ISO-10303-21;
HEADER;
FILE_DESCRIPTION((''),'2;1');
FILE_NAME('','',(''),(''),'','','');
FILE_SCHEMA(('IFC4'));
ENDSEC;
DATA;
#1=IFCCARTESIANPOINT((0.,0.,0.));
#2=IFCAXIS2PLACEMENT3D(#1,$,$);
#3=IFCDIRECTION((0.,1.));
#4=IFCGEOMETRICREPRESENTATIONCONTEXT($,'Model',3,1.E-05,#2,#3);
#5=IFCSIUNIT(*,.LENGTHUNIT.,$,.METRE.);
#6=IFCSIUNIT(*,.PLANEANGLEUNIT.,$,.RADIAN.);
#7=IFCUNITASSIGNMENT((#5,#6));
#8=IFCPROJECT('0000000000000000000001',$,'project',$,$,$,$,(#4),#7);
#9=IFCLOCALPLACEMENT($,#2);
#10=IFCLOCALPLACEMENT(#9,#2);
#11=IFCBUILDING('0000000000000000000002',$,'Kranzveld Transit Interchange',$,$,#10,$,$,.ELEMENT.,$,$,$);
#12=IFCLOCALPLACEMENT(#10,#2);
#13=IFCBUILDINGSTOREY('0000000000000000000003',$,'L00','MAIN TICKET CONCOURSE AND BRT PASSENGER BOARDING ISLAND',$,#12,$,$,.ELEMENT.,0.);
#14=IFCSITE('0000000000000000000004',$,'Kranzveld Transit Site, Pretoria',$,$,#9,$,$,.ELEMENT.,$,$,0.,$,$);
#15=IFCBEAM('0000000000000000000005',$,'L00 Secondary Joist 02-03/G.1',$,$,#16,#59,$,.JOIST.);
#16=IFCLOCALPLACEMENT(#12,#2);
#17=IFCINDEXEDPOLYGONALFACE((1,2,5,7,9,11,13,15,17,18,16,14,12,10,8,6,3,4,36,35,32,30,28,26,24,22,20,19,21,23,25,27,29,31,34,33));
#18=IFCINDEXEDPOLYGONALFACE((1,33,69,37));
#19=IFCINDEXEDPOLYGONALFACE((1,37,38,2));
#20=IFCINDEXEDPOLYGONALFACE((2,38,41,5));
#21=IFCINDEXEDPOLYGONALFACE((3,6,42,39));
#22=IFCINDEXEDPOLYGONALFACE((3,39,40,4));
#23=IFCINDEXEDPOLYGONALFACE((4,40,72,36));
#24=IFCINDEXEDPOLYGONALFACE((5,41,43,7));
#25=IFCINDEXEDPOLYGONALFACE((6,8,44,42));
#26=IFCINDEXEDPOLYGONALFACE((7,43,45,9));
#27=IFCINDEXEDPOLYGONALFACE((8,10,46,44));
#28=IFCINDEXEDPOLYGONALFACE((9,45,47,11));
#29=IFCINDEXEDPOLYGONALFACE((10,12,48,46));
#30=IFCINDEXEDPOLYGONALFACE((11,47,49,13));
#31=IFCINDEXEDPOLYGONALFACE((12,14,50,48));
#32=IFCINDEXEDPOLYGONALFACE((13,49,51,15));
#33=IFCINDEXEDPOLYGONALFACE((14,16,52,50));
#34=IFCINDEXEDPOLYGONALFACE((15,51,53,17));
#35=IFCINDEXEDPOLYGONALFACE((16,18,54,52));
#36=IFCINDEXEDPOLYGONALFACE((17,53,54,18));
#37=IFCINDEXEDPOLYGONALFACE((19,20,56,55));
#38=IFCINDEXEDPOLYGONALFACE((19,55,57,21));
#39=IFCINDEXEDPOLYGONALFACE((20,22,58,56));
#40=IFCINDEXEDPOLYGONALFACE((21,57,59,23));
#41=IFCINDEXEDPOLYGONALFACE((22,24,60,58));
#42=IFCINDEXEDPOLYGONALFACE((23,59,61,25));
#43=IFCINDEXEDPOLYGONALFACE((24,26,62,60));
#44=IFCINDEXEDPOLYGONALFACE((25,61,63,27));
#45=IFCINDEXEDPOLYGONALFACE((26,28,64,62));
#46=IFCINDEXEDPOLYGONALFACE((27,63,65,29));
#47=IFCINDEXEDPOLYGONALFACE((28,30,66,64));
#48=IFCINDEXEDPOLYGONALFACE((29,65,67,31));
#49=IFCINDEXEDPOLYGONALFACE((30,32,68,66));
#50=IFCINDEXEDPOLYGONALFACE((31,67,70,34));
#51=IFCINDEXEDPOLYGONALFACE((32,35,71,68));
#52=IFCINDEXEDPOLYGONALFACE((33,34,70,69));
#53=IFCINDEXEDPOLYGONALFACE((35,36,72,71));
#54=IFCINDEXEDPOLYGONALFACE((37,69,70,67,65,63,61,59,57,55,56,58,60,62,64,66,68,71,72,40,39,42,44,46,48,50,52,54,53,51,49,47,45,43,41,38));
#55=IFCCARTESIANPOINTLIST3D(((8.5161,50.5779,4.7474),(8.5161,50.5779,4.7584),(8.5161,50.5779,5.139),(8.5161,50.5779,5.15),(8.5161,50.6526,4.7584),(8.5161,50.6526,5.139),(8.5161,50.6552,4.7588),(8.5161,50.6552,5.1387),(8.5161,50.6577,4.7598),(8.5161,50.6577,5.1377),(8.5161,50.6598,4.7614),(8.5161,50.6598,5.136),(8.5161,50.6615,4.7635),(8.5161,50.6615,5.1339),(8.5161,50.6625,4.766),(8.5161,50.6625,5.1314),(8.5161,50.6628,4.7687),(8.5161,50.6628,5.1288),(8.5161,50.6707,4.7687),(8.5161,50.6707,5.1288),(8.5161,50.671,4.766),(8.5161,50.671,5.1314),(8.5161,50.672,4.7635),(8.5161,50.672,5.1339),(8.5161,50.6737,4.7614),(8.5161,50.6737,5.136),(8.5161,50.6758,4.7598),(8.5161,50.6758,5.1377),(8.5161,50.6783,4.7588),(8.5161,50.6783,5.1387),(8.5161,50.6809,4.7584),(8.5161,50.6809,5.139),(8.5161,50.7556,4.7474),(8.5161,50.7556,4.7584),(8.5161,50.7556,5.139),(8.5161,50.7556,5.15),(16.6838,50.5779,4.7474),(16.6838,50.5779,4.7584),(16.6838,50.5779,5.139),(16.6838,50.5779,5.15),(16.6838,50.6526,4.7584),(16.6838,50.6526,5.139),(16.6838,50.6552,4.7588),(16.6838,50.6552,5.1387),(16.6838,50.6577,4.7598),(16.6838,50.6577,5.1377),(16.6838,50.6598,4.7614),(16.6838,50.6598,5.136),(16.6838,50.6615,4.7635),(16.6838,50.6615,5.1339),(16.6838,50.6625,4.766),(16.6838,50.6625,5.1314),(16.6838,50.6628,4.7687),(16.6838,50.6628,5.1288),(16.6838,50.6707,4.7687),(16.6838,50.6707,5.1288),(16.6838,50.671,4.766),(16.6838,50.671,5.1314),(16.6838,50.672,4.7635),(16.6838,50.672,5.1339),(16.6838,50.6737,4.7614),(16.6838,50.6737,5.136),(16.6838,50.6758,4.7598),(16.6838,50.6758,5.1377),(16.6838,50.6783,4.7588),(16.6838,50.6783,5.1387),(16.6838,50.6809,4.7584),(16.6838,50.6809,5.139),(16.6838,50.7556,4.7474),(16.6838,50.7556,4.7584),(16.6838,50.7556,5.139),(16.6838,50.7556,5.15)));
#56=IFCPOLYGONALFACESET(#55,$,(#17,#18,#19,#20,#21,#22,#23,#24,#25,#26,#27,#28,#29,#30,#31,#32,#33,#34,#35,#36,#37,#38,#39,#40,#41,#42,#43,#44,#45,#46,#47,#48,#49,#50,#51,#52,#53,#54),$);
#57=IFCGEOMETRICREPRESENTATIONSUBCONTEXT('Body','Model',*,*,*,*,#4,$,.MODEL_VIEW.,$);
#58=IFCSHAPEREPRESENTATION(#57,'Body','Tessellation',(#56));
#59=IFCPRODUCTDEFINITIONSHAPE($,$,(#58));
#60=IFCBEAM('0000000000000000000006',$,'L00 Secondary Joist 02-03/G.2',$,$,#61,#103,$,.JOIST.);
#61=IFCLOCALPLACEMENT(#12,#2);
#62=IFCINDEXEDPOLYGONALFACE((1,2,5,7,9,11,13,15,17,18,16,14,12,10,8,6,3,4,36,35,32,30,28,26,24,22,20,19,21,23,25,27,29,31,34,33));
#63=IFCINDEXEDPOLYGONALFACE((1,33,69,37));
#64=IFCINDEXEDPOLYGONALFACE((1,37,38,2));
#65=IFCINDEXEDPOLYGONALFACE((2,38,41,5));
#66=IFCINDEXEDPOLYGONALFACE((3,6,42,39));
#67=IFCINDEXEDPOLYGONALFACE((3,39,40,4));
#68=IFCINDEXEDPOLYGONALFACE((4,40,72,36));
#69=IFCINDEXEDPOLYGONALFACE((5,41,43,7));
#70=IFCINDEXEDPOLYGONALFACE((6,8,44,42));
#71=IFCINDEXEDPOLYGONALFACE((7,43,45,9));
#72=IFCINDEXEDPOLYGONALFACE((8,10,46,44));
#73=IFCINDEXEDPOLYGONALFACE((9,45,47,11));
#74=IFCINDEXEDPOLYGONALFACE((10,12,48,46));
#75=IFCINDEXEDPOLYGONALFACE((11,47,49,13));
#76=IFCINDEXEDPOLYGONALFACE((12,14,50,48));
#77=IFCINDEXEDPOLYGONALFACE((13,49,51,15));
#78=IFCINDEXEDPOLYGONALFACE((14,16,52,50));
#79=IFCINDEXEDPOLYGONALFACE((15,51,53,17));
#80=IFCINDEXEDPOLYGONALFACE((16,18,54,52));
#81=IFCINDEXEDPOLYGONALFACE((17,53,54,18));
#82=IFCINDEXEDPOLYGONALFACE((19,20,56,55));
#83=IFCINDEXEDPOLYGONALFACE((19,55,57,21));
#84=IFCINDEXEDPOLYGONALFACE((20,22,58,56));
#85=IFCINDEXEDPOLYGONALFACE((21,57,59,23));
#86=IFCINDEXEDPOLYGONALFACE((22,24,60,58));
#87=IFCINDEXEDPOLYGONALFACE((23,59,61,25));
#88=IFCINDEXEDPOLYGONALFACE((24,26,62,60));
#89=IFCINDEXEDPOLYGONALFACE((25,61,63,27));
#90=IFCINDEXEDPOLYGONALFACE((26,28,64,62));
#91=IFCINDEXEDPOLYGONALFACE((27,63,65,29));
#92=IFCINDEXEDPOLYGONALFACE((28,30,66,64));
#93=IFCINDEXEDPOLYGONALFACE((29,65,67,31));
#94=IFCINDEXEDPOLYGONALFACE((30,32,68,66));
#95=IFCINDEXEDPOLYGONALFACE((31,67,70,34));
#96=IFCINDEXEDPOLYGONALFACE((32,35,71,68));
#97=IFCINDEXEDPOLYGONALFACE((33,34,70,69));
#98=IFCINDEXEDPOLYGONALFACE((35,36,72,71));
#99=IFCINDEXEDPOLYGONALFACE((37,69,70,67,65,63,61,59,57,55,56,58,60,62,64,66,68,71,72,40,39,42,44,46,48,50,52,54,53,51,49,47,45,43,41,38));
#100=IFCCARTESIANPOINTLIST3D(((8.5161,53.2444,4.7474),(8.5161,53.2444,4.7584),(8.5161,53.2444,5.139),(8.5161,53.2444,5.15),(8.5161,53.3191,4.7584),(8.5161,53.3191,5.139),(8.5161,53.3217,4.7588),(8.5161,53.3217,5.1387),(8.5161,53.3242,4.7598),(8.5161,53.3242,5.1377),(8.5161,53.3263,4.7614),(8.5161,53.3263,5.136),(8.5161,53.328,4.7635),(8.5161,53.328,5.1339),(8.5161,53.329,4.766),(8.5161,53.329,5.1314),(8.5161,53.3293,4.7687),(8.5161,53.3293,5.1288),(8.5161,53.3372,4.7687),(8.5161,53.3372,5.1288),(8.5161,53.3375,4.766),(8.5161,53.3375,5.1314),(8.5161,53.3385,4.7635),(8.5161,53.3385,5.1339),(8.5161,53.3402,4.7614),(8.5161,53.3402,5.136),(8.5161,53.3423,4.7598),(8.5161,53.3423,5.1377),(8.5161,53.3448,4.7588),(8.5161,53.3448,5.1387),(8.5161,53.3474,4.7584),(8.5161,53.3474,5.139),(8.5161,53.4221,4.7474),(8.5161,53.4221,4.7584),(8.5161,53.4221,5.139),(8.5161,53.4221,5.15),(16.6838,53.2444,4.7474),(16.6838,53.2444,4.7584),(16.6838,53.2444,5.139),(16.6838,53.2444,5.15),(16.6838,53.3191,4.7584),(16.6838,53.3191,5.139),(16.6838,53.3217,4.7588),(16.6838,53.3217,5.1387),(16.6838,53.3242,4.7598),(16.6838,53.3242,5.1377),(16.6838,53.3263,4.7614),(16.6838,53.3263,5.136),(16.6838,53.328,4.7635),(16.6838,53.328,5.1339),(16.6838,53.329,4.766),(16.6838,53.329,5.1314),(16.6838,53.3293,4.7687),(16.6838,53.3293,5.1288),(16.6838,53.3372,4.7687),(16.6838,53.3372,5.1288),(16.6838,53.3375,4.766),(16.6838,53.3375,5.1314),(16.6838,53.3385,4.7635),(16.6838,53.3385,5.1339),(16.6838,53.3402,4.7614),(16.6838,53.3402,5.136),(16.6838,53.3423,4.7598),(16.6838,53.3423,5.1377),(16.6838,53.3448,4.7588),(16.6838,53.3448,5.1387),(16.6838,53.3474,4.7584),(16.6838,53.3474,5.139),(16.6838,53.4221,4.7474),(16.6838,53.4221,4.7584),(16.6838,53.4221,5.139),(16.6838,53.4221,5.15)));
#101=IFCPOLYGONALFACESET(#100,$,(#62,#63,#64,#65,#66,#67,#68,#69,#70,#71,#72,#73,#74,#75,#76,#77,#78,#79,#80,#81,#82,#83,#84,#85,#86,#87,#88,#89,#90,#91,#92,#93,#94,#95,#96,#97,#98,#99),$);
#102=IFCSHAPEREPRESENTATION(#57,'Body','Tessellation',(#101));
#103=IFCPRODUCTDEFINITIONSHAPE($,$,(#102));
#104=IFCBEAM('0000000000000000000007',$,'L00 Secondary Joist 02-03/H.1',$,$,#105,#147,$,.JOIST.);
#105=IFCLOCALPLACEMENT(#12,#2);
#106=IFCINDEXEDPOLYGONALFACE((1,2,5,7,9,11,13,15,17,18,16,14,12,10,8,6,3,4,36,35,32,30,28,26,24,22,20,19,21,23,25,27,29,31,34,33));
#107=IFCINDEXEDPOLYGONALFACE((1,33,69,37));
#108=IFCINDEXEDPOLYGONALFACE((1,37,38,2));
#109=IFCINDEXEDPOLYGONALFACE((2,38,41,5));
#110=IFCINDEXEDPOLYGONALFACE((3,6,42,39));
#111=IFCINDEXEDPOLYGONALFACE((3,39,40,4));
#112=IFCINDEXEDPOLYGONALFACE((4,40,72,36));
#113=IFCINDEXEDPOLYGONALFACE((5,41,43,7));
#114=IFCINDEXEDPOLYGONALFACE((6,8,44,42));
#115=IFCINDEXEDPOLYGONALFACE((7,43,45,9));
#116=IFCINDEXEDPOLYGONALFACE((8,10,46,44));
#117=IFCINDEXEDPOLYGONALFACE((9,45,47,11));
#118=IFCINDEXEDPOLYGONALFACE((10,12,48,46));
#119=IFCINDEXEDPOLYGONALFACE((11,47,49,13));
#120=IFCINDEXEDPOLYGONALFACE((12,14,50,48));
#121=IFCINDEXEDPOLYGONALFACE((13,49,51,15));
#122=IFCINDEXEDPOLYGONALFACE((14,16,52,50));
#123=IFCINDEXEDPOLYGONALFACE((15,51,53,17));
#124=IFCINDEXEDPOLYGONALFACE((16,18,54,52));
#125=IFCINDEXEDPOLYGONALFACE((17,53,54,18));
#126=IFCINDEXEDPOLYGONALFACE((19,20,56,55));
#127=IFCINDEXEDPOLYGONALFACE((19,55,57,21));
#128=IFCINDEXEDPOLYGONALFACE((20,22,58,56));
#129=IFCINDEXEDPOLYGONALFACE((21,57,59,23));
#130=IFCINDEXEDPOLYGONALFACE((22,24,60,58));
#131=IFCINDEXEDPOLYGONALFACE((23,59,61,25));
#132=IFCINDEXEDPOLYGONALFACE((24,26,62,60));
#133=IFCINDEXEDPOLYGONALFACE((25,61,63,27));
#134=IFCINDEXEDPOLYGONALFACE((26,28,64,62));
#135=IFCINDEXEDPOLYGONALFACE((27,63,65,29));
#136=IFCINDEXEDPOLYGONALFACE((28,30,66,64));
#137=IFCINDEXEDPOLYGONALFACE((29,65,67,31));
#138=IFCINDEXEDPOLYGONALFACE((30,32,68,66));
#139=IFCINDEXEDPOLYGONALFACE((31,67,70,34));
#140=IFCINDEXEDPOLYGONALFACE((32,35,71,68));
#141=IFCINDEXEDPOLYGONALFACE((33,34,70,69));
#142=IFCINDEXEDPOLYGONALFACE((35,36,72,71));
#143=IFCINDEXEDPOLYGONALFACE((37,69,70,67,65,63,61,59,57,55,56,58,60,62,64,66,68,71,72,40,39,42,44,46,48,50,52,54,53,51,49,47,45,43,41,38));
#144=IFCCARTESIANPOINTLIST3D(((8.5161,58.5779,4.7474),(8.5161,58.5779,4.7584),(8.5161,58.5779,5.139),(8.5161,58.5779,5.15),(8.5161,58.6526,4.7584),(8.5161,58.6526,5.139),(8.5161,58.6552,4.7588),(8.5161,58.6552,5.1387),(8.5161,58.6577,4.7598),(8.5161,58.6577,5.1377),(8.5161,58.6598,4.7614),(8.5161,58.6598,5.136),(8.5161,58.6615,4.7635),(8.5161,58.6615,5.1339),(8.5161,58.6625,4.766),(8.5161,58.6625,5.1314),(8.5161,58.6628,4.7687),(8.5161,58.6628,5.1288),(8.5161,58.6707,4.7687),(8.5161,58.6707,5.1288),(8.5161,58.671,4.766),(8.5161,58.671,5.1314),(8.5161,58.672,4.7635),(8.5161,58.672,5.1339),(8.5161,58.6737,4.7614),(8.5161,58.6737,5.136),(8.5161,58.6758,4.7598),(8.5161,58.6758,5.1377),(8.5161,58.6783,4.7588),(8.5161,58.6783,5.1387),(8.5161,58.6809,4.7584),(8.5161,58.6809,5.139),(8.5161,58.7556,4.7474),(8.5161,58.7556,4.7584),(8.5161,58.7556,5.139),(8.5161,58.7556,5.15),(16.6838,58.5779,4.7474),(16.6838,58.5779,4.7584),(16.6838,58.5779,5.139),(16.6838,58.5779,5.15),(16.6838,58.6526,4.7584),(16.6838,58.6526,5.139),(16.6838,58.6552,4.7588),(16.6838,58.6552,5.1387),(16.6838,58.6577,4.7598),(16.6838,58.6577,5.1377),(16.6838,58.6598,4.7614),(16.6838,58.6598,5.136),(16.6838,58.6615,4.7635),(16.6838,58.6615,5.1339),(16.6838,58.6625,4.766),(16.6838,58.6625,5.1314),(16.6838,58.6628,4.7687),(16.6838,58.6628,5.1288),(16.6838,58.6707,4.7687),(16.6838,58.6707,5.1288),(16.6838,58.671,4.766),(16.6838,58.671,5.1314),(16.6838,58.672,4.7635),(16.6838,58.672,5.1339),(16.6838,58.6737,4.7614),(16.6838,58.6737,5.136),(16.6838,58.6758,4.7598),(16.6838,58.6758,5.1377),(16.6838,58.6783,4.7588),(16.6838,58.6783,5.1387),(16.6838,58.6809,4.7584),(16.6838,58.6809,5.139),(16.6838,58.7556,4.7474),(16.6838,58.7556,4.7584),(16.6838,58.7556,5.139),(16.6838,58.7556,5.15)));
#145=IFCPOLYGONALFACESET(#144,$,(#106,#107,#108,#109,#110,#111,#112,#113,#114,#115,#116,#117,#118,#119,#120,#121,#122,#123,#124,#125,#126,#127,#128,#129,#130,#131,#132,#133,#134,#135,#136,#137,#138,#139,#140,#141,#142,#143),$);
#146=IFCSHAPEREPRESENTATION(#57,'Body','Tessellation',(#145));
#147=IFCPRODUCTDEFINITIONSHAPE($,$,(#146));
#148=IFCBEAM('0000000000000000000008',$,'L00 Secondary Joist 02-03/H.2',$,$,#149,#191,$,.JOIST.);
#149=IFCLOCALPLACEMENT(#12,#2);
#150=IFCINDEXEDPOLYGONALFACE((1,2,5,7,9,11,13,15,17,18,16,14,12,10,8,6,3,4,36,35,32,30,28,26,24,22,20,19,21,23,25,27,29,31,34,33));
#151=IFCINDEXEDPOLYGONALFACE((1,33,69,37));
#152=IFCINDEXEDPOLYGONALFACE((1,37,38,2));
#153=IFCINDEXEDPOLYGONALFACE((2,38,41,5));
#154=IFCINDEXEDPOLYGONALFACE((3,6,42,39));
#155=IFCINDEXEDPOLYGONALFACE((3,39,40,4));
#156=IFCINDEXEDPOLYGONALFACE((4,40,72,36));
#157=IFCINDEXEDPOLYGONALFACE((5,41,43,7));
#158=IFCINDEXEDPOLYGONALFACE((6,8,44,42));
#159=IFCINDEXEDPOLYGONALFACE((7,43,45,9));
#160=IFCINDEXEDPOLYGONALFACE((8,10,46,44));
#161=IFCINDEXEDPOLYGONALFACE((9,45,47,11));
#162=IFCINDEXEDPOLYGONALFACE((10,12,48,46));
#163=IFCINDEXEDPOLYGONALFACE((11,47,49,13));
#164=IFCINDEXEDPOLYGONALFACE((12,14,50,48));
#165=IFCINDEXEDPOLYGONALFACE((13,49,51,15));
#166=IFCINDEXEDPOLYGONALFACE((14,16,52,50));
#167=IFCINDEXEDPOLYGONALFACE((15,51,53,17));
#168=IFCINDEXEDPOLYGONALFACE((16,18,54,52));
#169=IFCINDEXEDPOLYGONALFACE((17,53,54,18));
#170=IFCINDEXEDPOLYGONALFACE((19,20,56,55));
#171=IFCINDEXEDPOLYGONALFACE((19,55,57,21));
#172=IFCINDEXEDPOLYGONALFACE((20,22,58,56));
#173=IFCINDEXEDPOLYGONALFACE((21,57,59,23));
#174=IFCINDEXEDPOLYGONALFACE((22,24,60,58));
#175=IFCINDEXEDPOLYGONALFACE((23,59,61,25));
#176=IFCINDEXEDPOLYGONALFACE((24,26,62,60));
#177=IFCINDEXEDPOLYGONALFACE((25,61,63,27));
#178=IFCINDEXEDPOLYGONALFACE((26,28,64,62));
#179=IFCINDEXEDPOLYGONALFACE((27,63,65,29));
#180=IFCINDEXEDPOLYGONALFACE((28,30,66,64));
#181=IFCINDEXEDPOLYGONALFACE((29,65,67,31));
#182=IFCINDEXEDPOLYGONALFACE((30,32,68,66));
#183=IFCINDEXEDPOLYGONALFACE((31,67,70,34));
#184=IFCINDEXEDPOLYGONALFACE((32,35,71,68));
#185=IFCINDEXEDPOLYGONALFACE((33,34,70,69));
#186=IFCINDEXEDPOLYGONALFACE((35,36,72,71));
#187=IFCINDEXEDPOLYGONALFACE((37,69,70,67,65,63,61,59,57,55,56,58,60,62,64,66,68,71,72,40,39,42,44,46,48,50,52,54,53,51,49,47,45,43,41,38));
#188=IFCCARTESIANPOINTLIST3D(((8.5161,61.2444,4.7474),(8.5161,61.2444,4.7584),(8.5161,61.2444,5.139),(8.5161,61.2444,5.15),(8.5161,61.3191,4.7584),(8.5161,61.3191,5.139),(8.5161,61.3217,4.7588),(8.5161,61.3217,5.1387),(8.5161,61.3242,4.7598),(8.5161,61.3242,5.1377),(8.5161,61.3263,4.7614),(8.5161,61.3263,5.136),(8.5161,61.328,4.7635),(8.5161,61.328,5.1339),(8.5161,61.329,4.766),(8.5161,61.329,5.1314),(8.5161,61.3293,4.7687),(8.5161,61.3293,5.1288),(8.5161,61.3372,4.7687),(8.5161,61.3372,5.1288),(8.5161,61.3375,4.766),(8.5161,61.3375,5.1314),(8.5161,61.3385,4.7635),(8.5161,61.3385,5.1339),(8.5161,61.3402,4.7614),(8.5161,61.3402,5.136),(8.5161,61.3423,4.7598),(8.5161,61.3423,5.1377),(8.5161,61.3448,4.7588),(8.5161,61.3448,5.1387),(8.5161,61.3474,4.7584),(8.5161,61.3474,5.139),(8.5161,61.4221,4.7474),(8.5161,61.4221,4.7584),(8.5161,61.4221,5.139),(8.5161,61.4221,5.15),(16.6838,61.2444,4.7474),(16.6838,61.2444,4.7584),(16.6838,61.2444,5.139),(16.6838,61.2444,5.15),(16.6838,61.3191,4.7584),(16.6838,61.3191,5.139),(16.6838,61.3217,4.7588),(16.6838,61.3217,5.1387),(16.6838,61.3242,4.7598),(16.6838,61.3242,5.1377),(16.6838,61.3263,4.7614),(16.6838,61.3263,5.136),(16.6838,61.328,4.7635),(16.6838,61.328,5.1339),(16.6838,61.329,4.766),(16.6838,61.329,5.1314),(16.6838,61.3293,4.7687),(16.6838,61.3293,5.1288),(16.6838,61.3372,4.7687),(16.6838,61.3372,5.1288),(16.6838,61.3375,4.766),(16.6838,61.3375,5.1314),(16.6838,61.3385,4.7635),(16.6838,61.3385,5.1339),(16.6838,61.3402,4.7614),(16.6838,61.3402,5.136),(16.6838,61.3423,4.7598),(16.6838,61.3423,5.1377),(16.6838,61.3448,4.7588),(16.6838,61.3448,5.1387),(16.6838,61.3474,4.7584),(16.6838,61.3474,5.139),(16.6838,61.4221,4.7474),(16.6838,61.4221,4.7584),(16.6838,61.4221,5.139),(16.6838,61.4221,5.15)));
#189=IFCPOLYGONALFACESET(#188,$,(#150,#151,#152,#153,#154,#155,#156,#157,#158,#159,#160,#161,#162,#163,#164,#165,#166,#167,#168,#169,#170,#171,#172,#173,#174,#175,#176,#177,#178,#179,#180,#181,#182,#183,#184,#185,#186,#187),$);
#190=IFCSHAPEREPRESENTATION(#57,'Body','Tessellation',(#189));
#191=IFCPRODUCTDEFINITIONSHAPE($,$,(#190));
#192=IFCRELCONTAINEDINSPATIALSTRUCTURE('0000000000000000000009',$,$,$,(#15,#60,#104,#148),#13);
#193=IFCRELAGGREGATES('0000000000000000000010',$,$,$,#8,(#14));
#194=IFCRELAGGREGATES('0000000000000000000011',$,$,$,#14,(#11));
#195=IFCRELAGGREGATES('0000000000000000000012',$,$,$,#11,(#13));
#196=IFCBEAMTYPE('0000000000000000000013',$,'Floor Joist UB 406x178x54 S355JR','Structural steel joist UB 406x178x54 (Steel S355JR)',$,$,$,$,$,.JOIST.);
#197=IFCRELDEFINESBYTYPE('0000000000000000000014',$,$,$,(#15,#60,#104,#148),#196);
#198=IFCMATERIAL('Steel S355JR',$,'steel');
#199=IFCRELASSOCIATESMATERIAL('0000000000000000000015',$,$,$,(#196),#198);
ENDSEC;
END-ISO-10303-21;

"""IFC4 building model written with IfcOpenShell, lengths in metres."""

from ifc_helpers import new_model, si_unit, direction, frame, origin, origin_2d, place, context, subcontext, project, spatial, i_section, extrude, material, material_profile, profile_set, type_object, element, save


model = new_model("IFC4")

# Units and contexts
model_context = context("Model", 3, precision=1e-05, world=origin(), true_north=direction((0.0, 1.0)))
body_context = subcontext(model_context, "Body", "Model", "MODEL_VIEW")
ifc_project = project(units=[si_unit("LENGTHUNIT", "METRE"), si_unit("PLANEANGLEUNIT", "RADIAN")], contexts=[model_context])

# Site, building, storey
site_placement = place(None, origin())
site = spatial("IfcSite", under=ifc_project, at=site_placement, Name="Kranzveld Transit Site, Pretoria", CompositionType="ELEMENT", RefElevation=0.0)
building_placement = place(site_placement, origin())
building = spatial("IfcBuilding", under=site, at=building_placement, Name="Kranzveld Transit Interchange", CompositionType="ELEMENT")
storey_placement = place(building_placement, origin())
storey = spatial("IfcBuildingStorey", under=building, at=storey_placement, Name="L00", Description="MAIN TICKET CONCOURSE AND BRT PASSENGER BOARDING ISLAND", CompositionType="ELEMENT", Elevation=0.0)

# Beams
ifc_material_1 = material(Name="Steel S355JR", Category="steel")
ifc_material_profile_1 = material_profile(ifc_material_1, i_section(OverallWidth=0.1777, OverallDepth=0.4026, WebThickness=0.0078, FlangeThickness=0.011, FilletRadius=0.0103, at=origin_2d()), Name="UB 406x178x54")
ifc_profile_set_1 = profile_set([ifc_material_profile_1], Name="Steel S355JR")
beam_type_1 = type_object("IfcBeamType", Name="Floor Joist UB 406x178x54 S355JR", Description="Structural steel joist UB 406x178x54 (Steel S355JR)", PredefinedType="JOIST", material=ifc_profile_set_1)
for number, where, z_axis, x_axis, name in (
    (1, (8.5161, 50.6667, 4.9487), (1.0, 0.0, 0.0), (0.0, 1.0, 0.0), "L00 Secondary Joist 02-03/G.1"),
    (2, (8.5161, 53.3333, 4.9487), (1.0, 0.0, 0.0), (0.0, 1.0, 0.0), "L00 Secondary Joist 02-03/G.2"),
    (3, (8.5161, 58.6667, 4.9487), (1.0, 0.0, 0.0), (0.0, 1.0, 0.0), "L00 Secondary Joist 02-03/H.1"),
    (4, (8.5161, 61.3333, 4.9487), (1.0, 0.0, 0.0), (0.0, 1.0, 0.0), "L00 Secondary Joist 02-03/H.2"),
):
    element("IfcBeam", number, at=place(storey_placement, frame(where, z_axis=z_axis, x_axis=x_axis)), inside=storey, type_object=beam_type_1, Name=name, PredefinedType="JOIST", context=body_context, shape_type="SweptSolid", body=[
        extrude(i_section(OverallWidth=0.1777, OverallDepth=0.4026, WebThickness=0.0078, FlangeThickness=0.011, FilletRadius=0.0103, at=origin_2d()), origin(), (0.0, 0.0, 1.0), 8.1677),
    ])

save(model, "model.ifc")
